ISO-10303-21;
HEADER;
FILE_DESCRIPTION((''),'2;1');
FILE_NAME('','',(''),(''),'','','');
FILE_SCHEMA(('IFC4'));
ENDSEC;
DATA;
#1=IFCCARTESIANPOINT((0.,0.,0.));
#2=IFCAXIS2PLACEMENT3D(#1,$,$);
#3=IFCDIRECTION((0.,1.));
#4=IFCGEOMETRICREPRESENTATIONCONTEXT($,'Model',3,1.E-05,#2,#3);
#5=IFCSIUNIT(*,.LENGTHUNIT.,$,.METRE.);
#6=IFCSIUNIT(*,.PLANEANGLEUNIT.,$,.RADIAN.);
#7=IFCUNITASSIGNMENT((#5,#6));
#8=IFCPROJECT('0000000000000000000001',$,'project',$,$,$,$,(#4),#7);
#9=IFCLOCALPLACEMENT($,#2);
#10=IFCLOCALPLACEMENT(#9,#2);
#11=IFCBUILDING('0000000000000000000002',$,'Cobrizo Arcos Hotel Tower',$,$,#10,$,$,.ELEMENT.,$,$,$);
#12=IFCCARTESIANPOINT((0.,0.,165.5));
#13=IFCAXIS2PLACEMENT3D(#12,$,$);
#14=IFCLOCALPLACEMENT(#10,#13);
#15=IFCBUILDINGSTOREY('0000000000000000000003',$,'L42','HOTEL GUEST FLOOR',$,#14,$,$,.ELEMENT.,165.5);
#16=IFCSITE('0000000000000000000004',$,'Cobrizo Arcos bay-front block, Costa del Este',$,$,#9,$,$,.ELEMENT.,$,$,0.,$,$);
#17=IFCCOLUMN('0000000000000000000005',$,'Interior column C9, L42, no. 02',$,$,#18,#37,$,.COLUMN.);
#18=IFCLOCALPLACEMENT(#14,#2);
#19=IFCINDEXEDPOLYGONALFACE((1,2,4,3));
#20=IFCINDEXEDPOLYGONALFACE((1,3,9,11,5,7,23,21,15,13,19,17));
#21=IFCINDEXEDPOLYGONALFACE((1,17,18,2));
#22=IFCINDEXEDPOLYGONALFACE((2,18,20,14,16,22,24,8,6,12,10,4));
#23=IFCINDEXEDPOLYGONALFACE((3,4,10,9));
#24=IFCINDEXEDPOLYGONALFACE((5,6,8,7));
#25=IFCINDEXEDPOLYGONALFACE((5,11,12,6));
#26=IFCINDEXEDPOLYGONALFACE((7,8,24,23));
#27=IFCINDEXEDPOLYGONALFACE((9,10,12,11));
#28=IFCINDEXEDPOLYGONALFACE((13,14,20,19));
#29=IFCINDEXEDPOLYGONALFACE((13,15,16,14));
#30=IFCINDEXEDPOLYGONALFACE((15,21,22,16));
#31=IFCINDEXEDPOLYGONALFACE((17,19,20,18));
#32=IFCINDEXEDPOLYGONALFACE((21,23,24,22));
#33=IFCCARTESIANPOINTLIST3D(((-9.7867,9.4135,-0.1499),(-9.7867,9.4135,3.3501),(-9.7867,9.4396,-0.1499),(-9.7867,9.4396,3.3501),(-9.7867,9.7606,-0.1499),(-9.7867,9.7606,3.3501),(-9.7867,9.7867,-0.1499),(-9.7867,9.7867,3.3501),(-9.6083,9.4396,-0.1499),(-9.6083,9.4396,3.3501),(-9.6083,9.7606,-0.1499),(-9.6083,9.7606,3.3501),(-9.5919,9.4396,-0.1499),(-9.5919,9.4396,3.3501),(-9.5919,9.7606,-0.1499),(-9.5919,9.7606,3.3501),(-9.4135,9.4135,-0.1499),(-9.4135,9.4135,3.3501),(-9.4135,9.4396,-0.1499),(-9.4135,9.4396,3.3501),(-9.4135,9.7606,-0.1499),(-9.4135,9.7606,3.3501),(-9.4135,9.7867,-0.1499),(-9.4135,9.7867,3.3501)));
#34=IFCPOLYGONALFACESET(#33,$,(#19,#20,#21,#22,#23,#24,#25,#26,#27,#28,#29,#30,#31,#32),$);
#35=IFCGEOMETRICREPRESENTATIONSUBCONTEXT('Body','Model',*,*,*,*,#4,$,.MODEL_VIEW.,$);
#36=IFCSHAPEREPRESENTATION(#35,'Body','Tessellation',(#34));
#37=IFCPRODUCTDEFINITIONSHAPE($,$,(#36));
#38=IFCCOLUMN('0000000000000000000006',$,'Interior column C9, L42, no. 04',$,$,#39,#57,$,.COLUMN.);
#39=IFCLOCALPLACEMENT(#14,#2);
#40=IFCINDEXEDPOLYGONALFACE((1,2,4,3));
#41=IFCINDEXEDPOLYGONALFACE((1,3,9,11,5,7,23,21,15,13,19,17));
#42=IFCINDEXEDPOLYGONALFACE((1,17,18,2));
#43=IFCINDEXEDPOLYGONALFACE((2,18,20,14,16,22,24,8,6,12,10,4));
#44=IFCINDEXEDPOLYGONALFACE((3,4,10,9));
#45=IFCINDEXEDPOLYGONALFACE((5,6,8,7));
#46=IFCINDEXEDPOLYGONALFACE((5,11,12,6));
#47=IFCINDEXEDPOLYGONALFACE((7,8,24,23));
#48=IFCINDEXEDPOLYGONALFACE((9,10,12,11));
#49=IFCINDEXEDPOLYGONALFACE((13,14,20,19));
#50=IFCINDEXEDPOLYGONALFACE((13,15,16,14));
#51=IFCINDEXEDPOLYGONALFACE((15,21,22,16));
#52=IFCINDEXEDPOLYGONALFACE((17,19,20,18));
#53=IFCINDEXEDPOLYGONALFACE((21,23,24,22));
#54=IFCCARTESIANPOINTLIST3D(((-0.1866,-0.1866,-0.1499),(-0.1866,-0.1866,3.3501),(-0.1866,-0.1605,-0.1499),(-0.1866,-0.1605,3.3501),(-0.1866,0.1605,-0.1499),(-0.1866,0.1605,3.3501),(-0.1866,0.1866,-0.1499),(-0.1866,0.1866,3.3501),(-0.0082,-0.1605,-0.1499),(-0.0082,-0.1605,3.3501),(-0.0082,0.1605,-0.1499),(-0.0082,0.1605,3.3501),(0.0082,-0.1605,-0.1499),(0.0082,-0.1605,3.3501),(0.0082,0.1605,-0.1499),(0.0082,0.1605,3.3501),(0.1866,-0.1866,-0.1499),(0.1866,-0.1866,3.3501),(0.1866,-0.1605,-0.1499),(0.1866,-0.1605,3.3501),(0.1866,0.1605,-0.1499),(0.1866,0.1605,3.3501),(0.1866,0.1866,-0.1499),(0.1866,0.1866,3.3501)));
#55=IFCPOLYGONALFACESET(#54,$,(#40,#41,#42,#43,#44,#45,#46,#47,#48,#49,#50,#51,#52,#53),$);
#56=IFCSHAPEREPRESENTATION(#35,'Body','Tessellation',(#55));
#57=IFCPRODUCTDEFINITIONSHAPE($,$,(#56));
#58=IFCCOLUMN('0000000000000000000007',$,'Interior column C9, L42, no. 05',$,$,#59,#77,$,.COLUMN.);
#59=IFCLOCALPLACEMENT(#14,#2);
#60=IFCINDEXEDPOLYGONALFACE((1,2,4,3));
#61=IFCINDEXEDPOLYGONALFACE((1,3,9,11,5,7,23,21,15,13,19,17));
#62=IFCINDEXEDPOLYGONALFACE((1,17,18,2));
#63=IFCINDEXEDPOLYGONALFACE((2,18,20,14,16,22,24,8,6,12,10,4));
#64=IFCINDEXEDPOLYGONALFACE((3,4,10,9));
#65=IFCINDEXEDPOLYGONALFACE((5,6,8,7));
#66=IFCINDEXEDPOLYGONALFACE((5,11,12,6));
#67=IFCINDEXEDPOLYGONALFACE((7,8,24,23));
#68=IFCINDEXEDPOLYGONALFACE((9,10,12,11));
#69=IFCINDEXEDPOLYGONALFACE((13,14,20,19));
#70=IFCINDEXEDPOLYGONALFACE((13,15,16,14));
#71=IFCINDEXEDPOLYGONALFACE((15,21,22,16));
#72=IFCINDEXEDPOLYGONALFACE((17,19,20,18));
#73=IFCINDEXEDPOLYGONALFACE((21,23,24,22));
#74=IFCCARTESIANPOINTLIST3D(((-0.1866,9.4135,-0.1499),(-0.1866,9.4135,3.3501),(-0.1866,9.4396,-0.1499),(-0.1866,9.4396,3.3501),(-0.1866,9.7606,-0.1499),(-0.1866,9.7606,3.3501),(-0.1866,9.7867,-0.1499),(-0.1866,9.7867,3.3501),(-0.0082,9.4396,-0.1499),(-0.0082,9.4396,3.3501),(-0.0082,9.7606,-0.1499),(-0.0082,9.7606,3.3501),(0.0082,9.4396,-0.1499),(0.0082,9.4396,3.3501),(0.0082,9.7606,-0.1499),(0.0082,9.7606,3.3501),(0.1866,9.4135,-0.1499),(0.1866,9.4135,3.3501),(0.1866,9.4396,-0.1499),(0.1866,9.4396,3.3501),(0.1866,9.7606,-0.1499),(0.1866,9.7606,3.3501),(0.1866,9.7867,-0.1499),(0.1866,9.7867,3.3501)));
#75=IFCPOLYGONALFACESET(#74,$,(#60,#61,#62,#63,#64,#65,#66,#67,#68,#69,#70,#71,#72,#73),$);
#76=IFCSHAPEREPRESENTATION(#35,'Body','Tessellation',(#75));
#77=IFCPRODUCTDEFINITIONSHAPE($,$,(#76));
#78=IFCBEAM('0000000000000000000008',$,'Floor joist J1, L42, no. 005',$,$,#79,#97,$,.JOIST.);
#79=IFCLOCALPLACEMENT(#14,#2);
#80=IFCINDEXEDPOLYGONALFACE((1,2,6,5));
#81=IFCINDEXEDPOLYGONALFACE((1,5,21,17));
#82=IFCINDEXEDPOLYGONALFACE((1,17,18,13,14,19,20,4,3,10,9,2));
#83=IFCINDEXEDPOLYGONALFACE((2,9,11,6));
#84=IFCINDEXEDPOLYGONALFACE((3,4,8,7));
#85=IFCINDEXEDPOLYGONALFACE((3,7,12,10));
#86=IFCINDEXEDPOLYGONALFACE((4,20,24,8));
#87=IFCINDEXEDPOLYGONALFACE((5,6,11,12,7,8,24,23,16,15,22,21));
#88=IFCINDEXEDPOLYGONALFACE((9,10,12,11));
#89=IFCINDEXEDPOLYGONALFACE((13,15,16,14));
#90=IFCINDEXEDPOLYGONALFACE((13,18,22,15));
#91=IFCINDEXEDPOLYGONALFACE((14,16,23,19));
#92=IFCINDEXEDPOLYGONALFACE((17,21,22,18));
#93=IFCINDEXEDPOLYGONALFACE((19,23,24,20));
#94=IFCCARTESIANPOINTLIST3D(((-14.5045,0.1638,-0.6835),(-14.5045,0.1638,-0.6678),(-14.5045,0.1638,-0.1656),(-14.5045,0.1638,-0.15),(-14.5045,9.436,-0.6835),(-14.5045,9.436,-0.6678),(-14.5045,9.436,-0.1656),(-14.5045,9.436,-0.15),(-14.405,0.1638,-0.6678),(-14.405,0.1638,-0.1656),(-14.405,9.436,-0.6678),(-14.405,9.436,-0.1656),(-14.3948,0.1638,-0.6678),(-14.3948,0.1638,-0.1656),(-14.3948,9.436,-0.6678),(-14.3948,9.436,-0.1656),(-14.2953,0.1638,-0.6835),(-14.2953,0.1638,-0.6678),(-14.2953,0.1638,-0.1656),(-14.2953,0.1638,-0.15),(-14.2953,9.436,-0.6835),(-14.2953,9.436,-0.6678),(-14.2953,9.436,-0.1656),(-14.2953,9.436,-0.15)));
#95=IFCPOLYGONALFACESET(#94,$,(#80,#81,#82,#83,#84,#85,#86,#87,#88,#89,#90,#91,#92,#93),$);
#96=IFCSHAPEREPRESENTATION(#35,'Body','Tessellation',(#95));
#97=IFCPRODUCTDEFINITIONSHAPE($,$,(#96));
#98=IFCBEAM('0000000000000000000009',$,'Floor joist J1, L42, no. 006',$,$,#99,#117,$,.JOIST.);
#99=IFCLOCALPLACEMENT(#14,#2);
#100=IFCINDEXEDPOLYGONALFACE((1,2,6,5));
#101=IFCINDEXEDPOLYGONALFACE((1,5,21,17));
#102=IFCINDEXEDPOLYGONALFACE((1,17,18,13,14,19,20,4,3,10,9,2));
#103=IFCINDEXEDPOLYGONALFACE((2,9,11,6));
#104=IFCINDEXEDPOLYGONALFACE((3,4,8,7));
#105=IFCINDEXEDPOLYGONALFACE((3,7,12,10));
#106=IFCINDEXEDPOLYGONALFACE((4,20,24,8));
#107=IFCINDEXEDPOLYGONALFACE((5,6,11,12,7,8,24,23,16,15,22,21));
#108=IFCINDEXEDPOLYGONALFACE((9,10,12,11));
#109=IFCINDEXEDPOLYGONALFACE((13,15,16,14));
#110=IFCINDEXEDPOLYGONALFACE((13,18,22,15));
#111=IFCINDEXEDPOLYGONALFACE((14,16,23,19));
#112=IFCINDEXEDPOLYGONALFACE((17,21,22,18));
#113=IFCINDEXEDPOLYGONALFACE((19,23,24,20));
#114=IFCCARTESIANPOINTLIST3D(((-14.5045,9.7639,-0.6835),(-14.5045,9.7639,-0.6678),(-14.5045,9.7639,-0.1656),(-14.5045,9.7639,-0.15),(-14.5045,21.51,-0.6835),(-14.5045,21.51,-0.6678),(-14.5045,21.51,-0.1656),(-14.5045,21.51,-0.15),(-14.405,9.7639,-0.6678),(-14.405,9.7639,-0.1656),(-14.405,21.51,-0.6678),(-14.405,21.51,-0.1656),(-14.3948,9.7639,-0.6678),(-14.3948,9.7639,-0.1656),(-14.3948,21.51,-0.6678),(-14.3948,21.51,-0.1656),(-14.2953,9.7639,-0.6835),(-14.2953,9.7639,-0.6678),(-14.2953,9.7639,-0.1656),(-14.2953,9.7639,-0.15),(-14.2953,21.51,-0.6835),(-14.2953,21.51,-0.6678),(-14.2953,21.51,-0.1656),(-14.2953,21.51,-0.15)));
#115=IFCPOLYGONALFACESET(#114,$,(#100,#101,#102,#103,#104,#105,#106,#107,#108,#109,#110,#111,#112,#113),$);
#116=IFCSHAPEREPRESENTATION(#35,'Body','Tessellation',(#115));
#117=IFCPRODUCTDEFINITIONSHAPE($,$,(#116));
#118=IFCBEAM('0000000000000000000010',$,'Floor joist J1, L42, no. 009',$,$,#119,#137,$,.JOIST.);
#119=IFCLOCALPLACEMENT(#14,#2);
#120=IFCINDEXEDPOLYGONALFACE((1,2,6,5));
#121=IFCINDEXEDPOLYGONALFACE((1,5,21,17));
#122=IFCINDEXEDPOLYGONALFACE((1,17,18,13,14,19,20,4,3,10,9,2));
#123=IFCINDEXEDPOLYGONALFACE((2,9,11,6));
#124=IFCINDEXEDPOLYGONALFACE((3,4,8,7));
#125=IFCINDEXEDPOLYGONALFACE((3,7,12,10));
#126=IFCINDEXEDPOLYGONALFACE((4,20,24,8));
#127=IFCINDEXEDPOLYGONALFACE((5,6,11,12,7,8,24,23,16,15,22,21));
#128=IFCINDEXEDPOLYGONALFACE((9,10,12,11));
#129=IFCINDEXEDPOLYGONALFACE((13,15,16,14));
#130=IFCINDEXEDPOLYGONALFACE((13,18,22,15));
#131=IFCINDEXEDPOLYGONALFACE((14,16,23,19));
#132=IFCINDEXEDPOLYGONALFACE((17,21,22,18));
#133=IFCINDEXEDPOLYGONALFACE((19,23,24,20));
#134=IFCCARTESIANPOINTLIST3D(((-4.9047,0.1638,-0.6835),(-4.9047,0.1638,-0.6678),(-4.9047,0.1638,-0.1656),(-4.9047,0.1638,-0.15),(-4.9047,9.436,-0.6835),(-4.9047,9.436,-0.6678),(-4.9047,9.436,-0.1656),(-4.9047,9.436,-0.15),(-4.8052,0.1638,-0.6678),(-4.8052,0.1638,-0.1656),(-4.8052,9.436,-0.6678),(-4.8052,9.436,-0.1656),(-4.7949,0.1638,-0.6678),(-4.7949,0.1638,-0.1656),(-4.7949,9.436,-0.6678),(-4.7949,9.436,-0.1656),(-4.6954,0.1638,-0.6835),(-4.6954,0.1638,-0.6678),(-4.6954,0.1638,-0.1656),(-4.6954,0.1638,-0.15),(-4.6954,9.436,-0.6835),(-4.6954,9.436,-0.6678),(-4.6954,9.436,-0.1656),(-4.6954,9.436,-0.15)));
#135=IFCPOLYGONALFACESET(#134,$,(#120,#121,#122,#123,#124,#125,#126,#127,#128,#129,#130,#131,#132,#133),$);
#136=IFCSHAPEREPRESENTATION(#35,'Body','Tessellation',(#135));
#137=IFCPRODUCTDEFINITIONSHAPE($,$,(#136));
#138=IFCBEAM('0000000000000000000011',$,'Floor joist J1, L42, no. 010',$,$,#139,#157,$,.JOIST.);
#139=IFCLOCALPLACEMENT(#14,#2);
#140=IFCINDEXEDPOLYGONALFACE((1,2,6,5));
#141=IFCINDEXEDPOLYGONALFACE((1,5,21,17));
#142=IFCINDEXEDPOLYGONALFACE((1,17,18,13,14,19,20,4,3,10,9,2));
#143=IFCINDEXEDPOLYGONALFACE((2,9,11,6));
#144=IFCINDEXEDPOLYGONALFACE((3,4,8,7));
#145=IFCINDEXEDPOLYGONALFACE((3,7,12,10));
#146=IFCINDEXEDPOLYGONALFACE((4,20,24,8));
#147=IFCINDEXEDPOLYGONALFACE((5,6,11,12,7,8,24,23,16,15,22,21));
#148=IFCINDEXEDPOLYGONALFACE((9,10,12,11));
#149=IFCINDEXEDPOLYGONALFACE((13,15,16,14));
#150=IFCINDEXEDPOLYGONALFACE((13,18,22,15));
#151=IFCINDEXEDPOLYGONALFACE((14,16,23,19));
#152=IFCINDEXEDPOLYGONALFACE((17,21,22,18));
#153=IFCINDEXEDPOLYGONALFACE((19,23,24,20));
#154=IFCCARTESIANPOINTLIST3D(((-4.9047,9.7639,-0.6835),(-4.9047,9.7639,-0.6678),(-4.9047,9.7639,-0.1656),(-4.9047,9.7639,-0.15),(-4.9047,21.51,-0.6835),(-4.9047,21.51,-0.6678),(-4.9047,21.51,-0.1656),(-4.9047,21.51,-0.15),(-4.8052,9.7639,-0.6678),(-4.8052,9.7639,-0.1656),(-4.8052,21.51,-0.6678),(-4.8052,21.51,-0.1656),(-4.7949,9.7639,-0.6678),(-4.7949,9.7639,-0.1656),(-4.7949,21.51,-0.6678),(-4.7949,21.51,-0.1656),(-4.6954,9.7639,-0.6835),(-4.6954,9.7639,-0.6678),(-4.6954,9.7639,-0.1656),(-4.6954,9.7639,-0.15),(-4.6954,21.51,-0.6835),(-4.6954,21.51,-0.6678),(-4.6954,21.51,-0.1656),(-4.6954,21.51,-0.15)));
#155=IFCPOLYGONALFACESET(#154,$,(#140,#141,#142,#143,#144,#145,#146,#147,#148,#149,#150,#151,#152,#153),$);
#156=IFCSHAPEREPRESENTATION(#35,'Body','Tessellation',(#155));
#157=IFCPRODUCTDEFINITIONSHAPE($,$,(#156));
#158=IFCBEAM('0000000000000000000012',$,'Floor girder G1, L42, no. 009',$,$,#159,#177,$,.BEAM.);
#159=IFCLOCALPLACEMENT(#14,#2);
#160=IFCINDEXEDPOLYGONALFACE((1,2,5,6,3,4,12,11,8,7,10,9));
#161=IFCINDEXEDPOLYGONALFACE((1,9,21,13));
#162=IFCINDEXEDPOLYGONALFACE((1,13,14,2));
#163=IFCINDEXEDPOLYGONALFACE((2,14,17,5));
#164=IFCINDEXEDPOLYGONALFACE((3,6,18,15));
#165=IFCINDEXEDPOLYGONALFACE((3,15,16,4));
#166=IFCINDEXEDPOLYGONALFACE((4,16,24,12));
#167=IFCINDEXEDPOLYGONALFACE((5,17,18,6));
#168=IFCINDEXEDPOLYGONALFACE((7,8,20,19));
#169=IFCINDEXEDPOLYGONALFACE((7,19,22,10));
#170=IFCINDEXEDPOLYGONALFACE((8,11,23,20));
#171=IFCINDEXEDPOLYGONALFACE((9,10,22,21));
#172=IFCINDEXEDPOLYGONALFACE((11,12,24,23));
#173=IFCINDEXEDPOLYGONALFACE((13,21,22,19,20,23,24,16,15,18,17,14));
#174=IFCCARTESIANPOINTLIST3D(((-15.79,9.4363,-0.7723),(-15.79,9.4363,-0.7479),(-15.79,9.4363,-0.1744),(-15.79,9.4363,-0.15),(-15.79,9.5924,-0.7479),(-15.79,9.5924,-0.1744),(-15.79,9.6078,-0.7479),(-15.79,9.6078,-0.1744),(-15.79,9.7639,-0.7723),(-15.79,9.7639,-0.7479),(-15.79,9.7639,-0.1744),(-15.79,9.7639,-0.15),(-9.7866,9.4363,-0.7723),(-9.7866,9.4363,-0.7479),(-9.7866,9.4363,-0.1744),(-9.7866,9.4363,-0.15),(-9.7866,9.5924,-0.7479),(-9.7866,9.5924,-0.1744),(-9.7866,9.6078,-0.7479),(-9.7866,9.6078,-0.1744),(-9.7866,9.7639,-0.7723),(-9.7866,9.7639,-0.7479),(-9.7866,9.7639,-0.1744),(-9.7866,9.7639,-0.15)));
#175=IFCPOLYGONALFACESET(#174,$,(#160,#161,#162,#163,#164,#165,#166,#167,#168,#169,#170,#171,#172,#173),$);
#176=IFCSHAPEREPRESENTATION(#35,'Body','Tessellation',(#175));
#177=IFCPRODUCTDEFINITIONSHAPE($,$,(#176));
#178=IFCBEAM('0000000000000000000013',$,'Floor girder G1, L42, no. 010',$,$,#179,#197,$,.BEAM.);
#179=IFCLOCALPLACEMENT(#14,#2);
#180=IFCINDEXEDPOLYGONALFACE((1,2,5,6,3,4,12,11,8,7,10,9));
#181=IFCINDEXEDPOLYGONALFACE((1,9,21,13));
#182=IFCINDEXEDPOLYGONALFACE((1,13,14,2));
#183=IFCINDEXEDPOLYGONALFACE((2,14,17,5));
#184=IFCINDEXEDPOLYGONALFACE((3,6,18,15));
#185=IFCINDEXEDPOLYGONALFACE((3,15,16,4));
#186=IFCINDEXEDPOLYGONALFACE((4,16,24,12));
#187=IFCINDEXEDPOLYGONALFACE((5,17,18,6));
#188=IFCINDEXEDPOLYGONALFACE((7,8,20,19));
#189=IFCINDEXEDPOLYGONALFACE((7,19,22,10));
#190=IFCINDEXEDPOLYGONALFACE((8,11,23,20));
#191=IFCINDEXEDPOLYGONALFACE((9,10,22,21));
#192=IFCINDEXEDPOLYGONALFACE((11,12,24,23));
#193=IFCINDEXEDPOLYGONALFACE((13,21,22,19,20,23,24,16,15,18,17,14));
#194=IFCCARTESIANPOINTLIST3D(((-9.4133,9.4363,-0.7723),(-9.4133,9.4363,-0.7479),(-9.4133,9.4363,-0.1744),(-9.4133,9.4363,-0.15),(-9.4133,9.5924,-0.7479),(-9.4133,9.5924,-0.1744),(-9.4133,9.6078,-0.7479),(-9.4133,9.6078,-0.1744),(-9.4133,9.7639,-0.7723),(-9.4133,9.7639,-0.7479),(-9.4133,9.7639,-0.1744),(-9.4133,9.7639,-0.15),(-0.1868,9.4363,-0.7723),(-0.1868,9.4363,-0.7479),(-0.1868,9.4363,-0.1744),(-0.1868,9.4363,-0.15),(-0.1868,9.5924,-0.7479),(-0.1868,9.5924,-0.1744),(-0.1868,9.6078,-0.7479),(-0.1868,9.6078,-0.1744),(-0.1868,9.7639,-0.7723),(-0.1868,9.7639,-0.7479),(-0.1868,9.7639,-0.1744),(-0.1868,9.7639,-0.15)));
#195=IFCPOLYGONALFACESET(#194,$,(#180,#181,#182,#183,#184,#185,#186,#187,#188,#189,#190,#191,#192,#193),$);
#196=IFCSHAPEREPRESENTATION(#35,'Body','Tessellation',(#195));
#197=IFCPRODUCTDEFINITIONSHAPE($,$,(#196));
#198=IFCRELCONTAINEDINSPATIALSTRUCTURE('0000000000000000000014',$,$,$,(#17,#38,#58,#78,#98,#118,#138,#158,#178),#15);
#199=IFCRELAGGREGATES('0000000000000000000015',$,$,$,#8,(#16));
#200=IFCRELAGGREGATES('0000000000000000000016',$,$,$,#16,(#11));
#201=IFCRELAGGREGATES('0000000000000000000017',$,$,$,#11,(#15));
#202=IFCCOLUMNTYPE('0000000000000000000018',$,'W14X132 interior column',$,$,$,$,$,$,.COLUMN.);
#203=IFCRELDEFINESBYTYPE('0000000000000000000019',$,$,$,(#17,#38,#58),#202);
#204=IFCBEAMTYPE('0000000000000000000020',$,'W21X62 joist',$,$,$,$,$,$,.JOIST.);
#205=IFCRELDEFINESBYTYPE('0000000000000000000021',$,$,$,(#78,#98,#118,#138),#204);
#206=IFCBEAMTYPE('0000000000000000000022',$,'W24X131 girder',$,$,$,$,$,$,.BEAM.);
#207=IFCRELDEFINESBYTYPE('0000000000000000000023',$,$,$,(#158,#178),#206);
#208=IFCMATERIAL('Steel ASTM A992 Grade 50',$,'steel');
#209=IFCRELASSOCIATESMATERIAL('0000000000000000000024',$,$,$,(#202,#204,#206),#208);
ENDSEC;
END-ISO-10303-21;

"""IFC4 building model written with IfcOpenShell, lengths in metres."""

from ifc_helpers import new_model, si_unit, direction, frame, origin, origin_2d, place, context, subcontext, project, spatial, i_section, extrude, material, material_profile, profile_set, type_object, element, save


model = new_model("IFC4")

# Units and contexts
model_context = context("Model", 3, precision=1e-05, world=origin(), true_north=direction((0.0, 1.0)))
body_context = subcontext(model_context, "Body", "Model", "MODEL_VIEW")
ifc_project = project(units=[si_unit("LENGTHUNIT", "METRE"), si_unit("PLANEANGLEUNIT", "RADIAN")], contexts=[model_context])

# Site, building, storey
site_placement = place(None, origin())
site = spatial("IfcSite", under=ifc_project, at=site_placement, Name="Cobrizo Arcos bay-front block, Costa del Este", CompositionType="ELEMENT", RefElevation=0.0)
building_placement = place(site_placement, origin())
building = spatial("IfcBuilding", under=site, at=building_placement, Name="Cobrizo Arcos Hotel Tower", CompositionType="ELEMENT")
storey_placement = place(building_placement, frame((0.0, 0.0, 165.5)))
storey = spatial("IfcBuildingStorey", under=building, at=storey_placement, Name="L42", Description="HOTEL GUEST FLOOR", CompositionType="ELEMENT", Elevation=165.5)

# Columns
ifc_material_1 = material(Name="Steel ASTM A992 Grade 50", Category="steel")
ifc_material_profile_1 = material_profile(ifc_material_1, i_section(OverallWidth=0.3733, OverallDepth=0.3733, WebThickness=0.0164, FlangeThickness=0.0261, at=origin_2d()), Name="W14X132")
ifc_profile_set_1 = profile_set([ifc_material_profile_1], Name="Steel ASTM A992 Grade 50")
column_type = type_object("IfcColumnType", Name="W14X132 interior column", PredefinedType="COLUMN", material=ifc_profile_set_1)
for number, where, z_axis, x_axis, name in (
    (1, (-9.6001, 9.6001, -0.1499), (0.0, 0.0, 1.0), (1.0, 0.0, 0.0), "Interior column C9, L42, no. 02"),
    (2, (0.0, 0.0, -0.1499), (0.0, 0.0, 1.0), (1.0, 0.0, 0.0), "Interior column C9, L42, no. 04"),
    (3, (0.0, 9.6001, -0.1499), (0.0, 0.0, 1.0), (1.0, 0.0, 0.0), "Interior column C9, L42, no. 05"),
):
    element("IfcColumn", number, at=place(storey_placement, frame(where, z_axis=z_axis, x_axis=x_axis)), inside=storey, type_object=column_type, Name=name, PredefinedType="COLUMN", context=body_context, shape_type="SweptSolid", body=[
        extrude(i_section(OverallWidth=0.3733, OverallDepth=0.3733, WebThickness=0.0164, FlangeThickness=0.0261, at=origin_2d()), origin(), (0.0, 0.0, 1.0), 3.5),
    ])

# Beams
ifc_material_profile_2 = material_profile(ifc_material_1, i_section(OverallWidth=0.2092, OverallDepth=0.5334, WebThickness=0.0103, FlangeThickness=0.0156, at=origin_2d()), Name="W21X62")
ifc_profile_set_2 = profile_set([ifc_material_profile_2], Name="Steel ASTM A992 Grade 50")
beam_type_1 = type_object("IfcBeamType", Name="W21X62 joist", PredefinedType="JOIST", material=ifc_profile_set_2)
beam_1_placement = place(storey_placement, frame((-14.3999, 0.1638, -0.4167), z_axis=(0.0, 1.0, 0.0), x_axis=(-1.0, 0.0, 0.0)))
element("IfcBeam", 4, at=beam_1_placement, inside=storey, type_object=beam_type_1, Name="Floor joist J1, L42, no. 005", PredefinedType="JOIST", context=body_context, shape_type="SweptSolid", body=[
    extrude(i_section(OverallWidth=0.2092, OverallDepth=0.5334, WebThickness=0.0103, FlangeThickness=0.0156, at=origin_2d()), origin(), (0.0, 0.0, 1.0), 9.2722),
])
beam_2_placement = place(storey_placement, frame((-14.3999, 9.7639, -0.4167), z_axis=(0.0, 1.0, 0.0), x_axis=(-1.0, 0.0, 0.0)))
element("IfcBeam", 5, at=beam_2_placement, inside=storey, type_object=beam_type_1, Name="Floor joist J1, L42, no. 006", PredefinedType="JOIST", context=body_context, shape_type="SweptSolid", body=[
    extrude(i_section(OverallWidth=0.2092, OverallDepth=0.5334, WebThickness=0.0103, FlangeThickness=0.0156, at=origin_2d()), origin(), (0.0, 0.0, 1.0), 11.7461),
])
beam_3_placement = place(storey_placement, frame((-4.8, 0.1638, -0.4167), z_axis=(0.0, 1.0, 0.0), x_axis=(-1.0, 0.0, 0.0)))
element("IfcBeam", 6, at=beam_3_placement, inside=storey, type_object=beam_type_1, Name="Floor joist J1, L42, no. 009", PredefinedType="JOIST", context=body_context, shape_type="SweptSolid", body=[
    extrude(i_section(OverallWidth=0.2092, OverallDepth=0.5334, WebThickness=0.0103, FlangeThickness=0.0156, at=origin_2d()), origin(), (0.0, 0.0, 1.0), 9.2722),
])
beam_4_placement = place(storey_placement, frame((-4.8, 9.7639, -0.4167), z_axis=(0.0, 1.0, 0.0), x_axis=(-1.0, 0.0, 0.0)))
element("IfcBeam", 7, at=beam_4_placement, inside=storey, type_object=beam_type_1, Name="Floor joist J1, L42, no. 010", PredefinedType="JOIST", context=body_context, shape_type="SweptSolid", body=[
    extrude(i_section(OverallWidth=0.2092, OverallDepth=0.5334, WebThickness=0.0103, FlangeThickness=0.0156, at=origin_2d()), origin(), (0.0, 0.0, 1.0), 11.7461),
])
ifc_material_profile_3 = material_profile(ifc_material_1, i_section(OverallWidth=0.3276, OverallDepth=0.6223, WebThickness=0.0154, FlangeThickness=0.0244, at=origin_2d()), Name="W24X131")
ifc_profile_set_3 = profile_set([ifc_material_profile_3], Name="Steel ASTM A992 Grade 50")
beam_type_2 = type_object("IfcBeamType", Name="W24X131 girder", PredefinedType="BEAM", material=ifc_profile_set_3)
beam_5_placement = place(storey_placement, frame((-15.79, 9.6001, -0.4612), z_axis=(1.0, 0.0, 0.0), x_axis=(0.0, 1.0, 0.0)))
element("IfcBeam", 8, at=beam_5_placement, inside=storey, type_object=beam_type_2, Name="Floor girder G1, L42, no. 009", PredefinedType="BEAM", context=body_context, shape_type="SweptSolid", body=[
    extrude(i_section(OverallWidth=0.3276, OverallDepth=0.6223, WebThickness=0.0154, FlangeThickness=0.0244, at=origin_2d()), origin(), (0.0, 0.0, 1.0), 6.0034),
])
for number, where, z_axis, x_axis, name in (
    (9, (-9.4133, 9.6001, -0.4612), (1.0, 0.0, 0.0), (0.0, 1.0, 0.0), "Floor girder G1, L42, no. 010"),
):
    element("IfcBeam", number, at=place(storey_placement, frame(where, z_axis=z_axis, x_axis=x_axis)), inside=storey, type_object=beam_type_2, Name=name, PredefinedType="BEAM", context=body_context, shape_type="SweptSolid", body=[
        extrude(i_section(OverallWidth=0.3276, OverallDepth=0.6223, WebThickness=0.0154, FlangeThickness=0.0244, at=origin_2d()), origin(), (0.0, 0.0, 1.0), 9.2266),
    ])

save(model, "model.ifc")
